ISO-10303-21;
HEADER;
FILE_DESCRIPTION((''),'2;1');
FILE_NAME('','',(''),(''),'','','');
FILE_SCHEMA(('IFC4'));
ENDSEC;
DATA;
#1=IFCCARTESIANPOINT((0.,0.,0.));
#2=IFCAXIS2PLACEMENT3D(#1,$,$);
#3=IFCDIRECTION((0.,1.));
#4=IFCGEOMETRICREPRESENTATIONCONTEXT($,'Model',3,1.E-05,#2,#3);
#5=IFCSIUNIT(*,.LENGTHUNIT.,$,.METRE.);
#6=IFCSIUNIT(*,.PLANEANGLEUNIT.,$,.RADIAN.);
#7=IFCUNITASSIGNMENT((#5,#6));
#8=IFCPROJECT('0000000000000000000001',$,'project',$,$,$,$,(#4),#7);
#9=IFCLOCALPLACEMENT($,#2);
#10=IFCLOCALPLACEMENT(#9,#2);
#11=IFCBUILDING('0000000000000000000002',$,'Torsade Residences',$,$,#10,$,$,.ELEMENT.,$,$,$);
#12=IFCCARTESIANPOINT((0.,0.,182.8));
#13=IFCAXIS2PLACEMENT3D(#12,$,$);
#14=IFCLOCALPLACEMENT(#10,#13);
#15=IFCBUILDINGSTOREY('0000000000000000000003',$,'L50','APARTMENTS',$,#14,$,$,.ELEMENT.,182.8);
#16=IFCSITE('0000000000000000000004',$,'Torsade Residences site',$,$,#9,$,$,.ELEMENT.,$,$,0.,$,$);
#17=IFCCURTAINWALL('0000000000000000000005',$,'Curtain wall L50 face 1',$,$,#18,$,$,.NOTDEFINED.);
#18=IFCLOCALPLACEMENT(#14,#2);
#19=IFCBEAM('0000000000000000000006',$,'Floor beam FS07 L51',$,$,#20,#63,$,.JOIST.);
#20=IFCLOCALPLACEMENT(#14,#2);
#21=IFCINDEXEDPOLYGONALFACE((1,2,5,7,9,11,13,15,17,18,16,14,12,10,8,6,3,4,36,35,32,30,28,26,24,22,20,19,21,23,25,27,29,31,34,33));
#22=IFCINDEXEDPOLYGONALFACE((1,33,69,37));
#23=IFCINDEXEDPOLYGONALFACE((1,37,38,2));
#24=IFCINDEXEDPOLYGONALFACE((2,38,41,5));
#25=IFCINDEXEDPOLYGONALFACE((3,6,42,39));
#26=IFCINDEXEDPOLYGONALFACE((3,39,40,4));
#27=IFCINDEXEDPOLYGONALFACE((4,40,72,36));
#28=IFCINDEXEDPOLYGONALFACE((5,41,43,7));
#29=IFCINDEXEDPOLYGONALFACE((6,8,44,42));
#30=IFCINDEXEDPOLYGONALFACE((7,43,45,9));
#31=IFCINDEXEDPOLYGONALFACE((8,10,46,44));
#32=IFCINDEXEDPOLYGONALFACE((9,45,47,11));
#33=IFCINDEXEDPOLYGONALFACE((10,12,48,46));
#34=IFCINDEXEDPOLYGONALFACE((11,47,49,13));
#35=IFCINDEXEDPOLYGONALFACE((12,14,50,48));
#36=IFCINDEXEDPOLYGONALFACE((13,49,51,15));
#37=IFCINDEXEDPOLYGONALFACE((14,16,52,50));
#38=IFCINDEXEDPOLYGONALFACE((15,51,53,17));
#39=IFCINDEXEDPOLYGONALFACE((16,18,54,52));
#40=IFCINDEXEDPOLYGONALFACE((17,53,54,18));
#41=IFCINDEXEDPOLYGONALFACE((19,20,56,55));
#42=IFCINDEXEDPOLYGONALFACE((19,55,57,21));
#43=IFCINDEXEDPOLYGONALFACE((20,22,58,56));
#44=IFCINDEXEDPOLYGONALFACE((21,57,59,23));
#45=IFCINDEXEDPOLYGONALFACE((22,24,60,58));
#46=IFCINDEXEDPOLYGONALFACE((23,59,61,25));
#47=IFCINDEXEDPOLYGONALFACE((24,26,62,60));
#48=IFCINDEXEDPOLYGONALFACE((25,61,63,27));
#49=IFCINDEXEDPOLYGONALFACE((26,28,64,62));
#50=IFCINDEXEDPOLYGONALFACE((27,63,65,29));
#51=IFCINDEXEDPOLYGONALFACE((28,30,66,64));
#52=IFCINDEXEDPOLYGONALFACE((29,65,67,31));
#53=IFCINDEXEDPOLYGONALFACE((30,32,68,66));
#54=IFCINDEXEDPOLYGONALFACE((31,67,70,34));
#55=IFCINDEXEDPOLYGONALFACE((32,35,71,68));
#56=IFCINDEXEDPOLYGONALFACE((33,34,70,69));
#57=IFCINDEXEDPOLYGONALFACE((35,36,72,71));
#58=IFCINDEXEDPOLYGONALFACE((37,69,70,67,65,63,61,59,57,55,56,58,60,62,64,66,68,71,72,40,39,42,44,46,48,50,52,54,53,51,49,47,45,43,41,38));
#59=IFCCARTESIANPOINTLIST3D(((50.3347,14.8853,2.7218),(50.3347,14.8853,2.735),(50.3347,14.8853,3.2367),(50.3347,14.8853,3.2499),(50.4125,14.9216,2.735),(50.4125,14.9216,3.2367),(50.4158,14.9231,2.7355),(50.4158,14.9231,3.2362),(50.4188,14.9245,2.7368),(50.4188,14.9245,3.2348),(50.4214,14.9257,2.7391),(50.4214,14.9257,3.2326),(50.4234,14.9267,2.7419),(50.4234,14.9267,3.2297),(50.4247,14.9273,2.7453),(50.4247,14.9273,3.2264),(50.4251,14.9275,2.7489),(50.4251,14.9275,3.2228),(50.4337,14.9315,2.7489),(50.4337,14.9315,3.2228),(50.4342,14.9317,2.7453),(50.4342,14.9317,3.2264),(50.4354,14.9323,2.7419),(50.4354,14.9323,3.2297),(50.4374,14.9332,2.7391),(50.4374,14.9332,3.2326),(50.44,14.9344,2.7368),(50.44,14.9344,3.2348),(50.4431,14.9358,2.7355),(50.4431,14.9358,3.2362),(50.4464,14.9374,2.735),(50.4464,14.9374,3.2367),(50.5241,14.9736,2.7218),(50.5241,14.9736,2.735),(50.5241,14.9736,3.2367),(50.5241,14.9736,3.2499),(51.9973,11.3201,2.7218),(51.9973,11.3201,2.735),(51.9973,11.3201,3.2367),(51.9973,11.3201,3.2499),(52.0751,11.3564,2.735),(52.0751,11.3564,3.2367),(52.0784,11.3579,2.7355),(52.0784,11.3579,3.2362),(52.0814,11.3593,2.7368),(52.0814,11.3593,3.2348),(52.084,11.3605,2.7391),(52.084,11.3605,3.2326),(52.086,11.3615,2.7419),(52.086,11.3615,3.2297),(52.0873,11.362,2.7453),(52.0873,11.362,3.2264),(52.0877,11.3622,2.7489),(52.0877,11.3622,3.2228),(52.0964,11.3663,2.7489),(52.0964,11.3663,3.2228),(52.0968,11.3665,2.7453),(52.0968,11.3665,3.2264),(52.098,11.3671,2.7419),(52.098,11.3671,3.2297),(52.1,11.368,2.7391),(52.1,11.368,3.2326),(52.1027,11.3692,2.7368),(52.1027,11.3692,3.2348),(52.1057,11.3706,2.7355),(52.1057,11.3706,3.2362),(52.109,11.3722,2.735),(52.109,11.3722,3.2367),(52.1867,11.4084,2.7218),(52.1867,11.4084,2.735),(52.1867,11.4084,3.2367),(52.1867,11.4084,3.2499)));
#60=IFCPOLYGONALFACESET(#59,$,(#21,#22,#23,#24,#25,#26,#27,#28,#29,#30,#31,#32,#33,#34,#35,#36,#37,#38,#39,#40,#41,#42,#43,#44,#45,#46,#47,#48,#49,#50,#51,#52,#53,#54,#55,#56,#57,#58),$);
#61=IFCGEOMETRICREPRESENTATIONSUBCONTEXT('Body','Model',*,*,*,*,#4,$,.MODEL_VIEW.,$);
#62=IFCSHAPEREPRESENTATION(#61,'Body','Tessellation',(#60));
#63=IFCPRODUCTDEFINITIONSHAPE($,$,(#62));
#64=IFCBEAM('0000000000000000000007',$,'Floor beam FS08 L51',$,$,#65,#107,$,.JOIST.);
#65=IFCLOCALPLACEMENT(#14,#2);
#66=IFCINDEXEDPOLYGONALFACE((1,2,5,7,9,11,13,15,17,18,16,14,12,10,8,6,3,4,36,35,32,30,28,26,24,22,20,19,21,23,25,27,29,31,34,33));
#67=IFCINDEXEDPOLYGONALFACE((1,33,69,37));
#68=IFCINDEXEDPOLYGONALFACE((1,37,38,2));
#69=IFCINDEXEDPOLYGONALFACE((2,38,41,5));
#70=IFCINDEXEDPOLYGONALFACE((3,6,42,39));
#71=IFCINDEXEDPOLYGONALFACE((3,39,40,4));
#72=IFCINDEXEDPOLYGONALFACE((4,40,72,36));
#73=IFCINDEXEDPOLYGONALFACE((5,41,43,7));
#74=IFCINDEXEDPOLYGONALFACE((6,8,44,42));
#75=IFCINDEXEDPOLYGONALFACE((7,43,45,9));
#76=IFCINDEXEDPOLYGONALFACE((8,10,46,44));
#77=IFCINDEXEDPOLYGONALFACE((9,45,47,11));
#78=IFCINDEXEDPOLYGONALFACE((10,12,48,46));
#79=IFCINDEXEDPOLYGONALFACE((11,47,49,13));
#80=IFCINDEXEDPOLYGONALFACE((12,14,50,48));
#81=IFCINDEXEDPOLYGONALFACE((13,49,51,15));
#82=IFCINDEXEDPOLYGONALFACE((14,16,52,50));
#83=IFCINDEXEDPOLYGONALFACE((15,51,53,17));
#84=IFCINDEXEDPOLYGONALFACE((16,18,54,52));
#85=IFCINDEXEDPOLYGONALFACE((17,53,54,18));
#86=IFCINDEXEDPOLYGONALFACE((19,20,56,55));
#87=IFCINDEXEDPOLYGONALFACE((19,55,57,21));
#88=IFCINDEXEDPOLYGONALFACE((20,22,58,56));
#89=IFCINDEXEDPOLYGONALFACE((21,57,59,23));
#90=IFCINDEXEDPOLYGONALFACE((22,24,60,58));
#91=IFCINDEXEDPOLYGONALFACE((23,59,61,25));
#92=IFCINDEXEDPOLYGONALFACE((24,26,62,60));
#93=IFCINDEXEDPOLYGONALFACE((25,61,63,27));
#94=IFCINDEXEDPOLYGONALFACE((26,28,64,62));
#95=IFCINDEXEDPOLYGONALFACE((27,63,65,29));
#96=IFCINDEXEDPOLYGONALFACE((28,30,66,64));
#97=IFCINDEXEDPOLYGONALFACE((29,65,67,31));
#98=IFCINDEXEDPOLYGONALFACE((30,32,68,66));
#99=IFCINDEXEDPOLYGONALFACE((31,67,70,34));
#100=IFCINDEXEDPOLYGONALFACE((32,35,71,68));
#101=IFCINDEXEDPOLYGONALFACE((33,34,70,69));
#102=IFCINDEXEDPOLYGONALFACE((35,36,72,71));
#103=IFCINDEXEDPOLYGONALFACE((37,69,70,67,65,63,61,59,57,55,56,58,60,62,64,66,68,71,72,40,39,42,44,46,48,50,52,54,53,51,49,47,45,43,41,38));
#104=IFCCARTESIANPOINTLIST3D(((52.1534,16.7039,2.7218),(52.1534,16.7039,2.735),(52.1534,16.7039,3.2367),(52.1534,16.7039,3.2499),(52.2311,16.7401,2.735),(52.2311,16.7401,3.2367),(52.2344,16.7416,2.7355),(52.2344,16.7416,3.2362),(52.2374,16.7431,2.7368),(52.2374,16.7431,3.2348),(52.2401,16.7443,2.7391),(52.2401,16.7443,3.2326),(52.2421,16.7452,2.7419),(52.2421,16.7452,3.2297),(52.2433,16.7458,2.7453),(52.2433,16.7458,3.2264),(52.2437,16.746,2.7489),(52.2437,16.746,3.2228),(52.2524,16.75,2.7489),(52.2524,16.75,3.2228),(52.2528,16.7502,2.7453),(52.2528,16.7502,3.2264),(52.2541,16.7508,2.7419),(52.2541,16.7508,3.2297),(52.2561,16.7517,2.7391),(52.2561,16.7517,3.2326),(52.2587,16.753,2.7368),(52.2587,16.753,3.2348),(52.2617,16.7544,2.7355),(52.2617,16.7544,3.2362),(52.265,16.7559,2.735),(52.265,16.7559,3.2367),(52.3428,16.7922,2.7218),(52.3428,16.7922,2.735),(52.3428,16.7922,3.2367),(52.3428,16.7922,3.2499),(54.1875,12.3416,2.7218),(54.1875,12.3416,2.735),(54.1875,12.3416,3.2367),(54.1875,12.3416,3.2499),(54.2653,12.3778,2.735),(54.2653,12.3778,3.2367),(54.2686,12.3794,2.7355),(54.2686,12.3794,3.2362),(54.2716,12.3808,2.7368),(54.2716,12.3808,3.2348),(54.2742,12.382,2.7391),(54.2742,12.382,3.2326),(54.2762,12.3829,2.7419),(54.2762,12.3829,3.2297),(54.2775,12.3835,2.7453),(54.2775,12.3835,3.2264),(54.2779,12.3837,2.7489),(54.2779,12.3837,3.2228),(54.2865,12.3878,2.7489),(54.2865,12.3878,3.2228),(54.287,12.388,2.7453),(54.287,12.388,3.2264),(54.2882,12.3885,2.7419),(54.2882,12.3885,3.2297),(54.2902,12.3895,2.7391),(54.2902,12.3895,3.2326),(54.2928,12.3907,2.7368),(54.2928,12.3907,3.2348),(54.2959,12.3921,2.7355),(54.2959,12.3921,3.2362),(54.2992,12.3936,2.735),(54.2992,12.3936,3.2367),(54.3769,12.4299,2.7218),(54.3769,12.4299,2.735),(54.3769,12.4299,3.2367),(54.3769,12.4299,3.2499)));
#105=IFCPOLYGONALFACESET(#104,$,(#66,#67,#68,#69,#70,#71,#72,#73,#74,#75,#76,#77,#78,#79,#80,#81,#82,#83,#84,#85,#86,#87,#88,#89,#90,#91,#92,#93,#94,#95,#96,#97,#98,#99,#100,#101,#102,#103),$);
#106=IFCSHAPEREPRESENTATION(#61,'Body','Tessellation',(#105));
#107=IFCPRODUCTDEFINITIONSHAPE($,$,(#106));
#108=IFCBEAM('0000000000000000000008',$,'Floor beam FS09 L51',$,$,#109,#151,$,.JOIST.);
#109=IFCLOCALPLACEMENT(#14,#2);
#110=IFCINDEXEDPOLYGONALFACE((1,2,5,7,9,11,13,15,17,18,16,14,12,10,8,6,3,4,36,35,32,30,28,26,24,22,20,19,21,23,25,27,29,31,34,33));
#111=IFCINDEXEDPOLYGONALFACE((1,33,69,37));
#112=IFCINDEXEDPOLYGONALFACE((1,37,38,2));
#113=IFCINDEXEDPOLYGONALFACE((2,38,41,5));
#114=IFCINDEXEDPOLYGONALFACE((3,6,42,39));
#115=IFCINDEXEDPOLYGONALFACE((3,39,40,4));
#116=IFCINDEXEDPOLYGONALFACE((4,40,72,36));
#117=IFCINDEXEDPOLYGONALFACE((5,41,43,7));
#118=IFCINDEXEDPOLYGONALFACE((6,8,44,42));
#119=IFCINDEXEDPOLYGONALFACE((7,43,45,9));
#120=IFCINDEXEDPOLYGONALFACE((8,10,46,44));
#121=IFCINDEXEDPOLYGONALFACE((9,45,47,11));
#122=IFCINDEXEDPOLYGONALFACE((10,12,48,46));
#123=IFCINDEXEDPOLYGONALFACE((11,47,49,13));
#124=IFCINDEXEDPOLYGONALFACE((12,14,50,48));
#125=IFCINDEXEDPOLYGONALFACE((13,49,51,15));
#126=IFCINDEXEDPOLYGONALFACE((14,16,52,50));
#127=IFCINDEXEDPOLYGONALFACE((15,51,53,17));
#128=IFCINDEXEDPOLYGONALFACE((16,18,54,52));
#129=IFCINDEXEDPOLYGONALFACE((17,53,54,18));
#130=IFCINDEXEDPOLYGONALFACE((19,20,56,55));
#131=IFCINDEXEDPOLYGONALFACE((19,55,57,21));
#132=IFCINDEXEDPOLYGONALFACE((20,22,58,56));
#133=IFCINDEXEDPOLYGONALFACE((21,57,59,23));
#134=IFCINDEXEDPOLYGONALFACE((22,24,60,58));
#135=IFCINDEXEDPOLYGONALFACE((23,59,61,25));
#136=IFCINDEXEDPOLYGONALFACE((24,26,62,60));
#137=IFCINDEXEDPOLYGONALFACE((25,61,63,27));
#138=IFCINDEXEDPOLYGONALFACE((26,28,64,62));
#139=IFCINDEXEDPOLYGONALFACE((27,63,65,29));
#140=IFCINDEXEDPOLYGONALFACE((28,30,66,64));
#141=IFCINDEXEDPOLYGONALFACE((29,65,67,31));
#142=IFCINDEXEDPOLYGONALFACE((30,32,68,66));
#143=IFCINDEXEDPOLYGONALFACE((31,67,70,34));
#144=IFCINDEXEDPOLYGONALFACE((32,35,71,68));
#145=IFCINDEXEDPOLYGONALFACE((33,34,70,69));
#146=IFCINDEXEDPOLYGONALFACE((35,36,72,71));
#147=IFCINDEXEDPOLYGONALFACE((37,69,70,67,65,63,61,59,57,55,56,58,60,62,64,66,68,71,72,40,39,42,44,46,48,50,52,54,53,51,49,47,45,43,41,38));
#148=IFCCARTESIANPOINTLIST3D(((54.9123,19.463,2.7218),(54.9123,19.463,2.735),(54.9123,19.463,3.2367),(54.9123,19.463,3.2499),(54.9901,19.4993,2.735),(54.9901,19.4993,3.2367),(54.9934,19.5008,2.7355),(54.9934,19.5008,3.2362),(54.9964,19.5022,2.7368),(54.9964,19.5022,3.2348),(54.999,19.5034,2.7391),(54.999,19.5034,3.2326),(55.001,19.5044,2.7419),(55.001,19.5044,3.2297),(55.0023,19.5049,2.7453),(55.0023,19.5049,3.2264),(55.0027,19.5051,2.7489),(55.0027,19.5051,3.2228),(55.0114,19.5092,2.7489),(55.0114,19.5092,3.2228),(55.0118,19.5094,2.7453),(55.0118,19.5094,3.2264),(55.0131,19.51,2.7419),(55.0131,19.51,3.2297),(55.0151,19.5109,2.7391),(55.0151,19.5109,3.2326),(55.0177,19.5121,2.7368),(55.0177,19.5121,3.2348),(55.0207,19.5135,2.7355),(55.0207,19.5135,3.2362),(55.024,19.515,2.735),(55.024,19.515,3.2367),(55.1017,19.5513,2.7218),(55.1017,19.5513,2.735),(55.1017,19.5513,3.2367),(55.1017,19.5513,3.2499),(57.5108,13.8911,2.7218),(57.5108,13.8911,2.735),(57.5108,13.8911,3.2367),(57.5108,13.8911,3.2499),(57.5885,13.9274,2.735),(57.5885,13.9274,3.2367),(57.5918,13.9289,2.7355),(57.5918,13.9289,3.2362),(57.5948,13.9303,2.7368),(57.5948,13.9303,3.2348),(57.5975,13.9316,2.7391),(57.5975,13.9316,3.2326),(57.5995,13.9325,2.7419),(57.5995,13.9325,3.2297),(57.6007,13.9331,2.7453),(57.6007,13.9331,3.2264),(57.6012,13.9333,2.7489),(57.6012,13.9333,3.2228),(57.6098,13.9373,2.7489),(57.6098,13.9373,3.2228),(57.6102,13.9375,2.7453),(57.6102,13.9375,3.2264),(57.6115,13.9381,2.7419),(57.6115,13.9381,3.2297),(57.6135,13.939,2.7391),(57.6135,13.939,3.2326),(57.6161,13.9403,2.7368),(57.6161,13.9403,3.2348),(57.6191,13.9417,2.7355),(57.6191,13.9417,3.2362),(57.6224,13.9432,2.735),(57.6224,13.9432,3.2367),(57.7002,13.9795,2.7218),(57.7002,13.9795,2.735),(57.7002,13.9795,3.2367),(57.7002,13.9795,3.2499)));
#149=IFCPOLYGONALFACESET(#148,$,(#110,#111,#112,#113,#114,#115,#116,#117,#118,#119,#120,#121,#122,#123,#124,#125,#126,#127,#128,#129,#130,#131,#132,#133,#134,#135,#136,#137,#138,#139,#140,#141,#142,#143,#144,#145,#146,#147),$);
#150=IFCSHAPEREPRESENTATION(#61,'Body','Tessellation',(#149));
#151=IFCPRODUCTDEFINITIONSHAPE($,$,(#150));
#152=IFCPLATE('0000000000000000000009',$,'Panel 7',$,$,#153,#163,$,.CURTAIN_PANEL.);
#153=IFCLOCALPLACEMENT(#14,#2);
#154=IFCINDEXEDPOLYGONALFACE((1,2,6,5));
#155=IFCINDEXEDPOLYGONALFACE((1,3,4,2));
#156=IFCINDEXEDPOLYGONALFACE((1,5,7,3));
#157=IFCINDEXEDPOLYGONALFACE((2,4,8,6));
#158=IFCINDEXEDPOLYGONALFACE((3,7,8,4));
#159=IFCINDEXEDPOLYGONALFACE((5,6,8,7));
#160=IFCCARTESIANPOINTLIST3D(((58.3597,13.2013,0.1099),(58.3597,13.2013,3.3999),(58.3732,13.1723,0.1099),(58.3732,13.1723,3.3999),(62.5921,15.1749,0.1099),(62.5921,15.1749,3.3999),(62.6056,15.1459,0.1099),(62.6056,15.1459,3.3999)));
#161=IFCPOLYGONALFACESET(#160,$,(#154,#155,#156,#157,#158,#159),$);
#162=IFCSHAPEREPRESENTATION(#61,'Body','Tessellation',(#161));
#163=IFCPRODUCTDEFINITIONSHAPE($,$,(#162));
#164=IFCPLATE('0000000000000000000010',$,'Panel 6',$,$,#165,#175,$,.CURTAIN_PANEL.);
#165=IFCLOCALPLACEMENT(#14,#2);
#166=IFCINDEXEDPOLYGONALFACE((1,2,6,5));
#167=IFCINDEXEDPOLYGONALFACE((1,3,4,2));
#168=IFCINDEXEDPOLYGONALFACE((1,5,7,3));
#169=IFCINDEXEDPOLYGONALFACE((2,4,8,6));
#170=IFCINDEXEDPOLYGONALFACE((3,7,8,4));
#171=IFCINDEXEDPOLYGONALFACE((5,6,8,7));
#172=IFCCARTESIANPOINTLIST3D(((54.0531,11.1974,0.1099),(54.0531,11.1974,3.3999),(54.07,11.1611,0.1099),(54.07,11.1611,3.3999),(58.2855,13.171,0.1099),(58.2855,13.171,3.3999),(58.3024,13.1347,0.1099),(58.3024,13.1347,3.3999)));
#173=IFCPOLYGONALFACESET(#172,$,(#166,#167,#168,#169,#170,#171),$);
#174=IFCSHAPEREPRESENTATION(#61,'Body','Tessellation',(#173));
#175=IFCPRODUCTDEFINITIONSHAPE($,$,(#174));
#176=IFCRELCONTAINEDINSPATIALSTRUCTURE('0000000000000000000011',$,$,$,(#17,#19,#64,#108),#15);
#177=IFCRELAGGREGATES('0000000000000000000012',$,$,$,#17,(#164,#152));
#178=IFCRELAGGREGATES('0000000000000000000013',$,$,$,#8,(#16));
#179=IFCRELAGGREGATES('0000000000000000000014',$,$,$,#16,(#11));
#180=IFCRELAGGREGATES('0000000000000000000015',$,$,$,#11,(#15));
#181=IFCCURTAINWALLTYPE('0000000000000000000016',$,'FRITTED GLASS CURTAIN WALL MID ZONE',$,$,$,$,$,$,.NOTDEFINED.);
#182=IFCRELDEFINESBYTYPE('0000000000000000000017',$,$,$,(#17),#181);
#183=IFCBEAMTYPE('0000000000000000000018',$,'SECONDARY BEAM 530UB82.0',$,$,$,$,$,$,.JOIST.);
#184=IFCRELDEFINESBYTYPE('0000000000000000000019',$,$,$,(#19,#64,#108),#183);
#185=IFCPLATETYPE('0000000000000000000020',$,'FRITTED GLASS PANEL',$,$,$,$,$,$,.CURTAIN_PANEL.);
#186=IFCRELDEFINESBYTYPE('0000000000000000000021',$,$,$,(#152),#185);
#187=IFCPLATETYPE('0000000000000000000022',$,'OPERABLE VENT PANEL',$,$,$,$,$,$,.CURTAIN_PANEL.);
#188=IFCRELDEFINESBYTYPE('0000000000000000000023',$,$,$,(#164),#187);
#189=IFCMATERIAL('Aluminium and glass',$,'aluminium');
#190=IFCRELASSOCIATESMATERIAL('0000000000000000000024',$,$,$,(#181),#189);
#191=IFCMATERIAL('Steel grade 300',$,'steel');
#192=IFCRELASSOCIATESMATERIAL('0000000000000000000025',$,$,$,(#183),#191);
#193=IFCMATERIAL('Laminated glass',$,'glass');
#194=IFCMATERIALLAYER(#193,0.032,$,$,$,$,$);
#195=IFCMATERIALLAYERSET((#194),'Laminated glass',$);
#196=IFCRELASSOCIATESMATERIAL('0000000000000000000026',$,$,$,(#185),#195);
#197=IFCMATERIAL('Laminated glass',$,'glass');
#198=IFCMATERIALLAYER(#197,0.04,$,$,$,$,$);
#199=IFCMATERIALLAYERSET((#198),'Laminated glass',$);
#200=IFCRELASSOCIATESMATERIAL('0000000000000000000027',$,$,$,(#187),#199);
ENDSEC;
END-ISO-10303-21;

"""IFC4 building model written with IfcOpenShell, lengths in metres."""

from ifc_helpers import new_model, si_unit, direction, frame, origin, origin_2d, place, context, subcontext, project, spatial, rectangle, i_section, extrude, material, layer, layer_set, material_profile, profile_set, type_object, element, aggregate, save


model = new_model("IFC4")

# Units and contexts
model_context = context("Model", 3, precision=1e-05, world=origin(), true_north=direction((0.0, 1.0)))
body_context = subcontext(model_context, "Body", "Model", "MODEL_VIEW")
ifc_project = project(units=[si_unit("LENGTHUNIT", "METRE"), si_unit("PLANEANGLEUNIT", "RADIAN")], contexts=[model_context])

# Site, building, storey
site_placement = place(None, origin())
site = spatial("IfcSite", under=ifc_project, at=site_placement, Name="Torsade Residences site", CompositionType="ELEMENT", RefElevation=0.0)
building_placement = place(site_placement, origin())
building = spatial("IfcBuilding", under=site, at=building_placement, Name="Torsade Residences", CompositionType="ELEMENT")
storey_placement = place(building_placement, frame((0.0, 0.0, 182.8)))
storey = spatial("IfcBuildingStorey", under=building, at=storey_placement, Name="L50", Description="APARTMENTS", CompositionType="ELEMENT", Elevation=182.8)

# Curtain wall
ifc_material_1 = material(Name="Aluminium and glass", Category="aluminium")
curtain_wall_type = type_object("IfcCurtainWallType", Name="FRITTED GLASS CURTAIN WALL MID ZONE", PredefinedType="NOTDEFINED", material=ifc_material_1)
curtain_wall_placement = place(storey_placement, origin())
curtain_wall = element("IfcCurtainWall", 1, at=curtain_wall_placement, inside=storey, type_object=curtain_wall_type, Name="Curtain wall L50 face 1", PredefinedType="NOTDEFINED")

# Beams
ifc_material_2 = material(Name="Steel grade 300", Category="steel")
ifc_material_profile_1 = material_profile(ifc_material_2, i_section(OverallWidth=0.209, OverallDepth=0.5281, WebThickness=0.0095, FlangeThickness=0.0132, FilletRadius=0.0139, at=origin_2d()), Name="530UB82.0")
ifc_profile_set_1 = profile_set([ifc_material_profile_1], Name="Steel grade 300")
beam_type_1 = type_object("IfcBeamType", Name="SECONDARY BEAM 530UB82.0", PredefinedType="JOIST", material=ifc_profile_set_1)
beam_1_placement = place(storey_placement, frame((52.092, 11.3643, 2.9858), z_axis=(-0.422644, 0.906296, 0.0), x_axis=(-0.906296, -0.422644, 0.0)))
element("IfcBeam", 2, at=beam_1_placement, inside=storey, type_object=beam_type_1, Name="Floor beam FS07 L51", PredefinedType="JOIST", context=body_context, shape_type="SweptSolid", body=[
    extrude(i_section(OverallWidth=0.209, OverallDepth=0.5281, WebThickness=0.0095, FlangeThickness=0.0132, FilletRadius=0.0139, at=origin_2d()), origin(), (0.0, 0.0, 1.0), 3.9338),
])
beam_2_placement = place(storey_placement, frame((54.2822, 12.3857, 2.9858), z_axis=(-0.422619, 0.906308, 0.0), x_axis=(-0.906308, -0.422619, 0.0)))
element("IfcBeam", 3, at=beam_2_placement, inside=storey, type_object=beam_type_1, Name="Floor beam FS08 L51", PredefinedType="JOIST", context=body_context, shape_type="SweptSolid", body=[
    extrude(i_section(OverallWidth=0.209, OverallDepth=0.5281, WebThickness=0.0095, FlangeThickness=0.0132, FilletRadius=0.0139, at=origin_2d()), origin(), (0.0, 0.0, 1.0), 4.8132),
])
beam_3_placement = place(storey_placement, frame((57.6055, 13.9353, 2.9858), z_axis=(-0.422648, 0.906294, 0.0), x_axis=(-0.906294, -0.422648, 0.0)))
element("IfcBeam", 4, at=beam_3_placement, inside=storey, type_object=beam_type_1, Name="Floor beam FS09 L51", PredefinedType="JOIST", context=body_context, shape_type="SweptSolid", body=[
    extrude(i_section(OverallWidth=0.209, OverallDepth=0.5281, WebThickness=0.0095, FlangeThickness=0.0132, FilletRadius=0.0139, at=origin_2d()), origin(), (0.0, 0.0, 1.0), 6.1479),
])

# Plates
ifc_material_3 = material(Name="Laminated glass", Category="glass")
ifc_layer_1 = layer(ifc_material_3, 0.032)
ifc_layer_set_1 = layer_set([ifc_layer_1], Name="Laminated glass")
plate_type_1 = type_object("IfcPlateType", Name="FRITTED GLASS PANEL", PredefinedType="CURTAIN_PANEL", material=ifc_layer_set_1)
plate_1_placement = place(storey_placement, frame((60.4827, 14.1736, 0.1099), z_axis=(0.0, 0.0, 1.0), x_axis=(0.906308, 0.422618, 0.0)))
plate_1 = element("IfcPlate", 5, at=plate_1_placement, type_object=plate_type_1, Name="Panel 7", PredefinedType="CURTAIN_PANEL", context=body_context, shape_type="SweptSolid", body=[
    extrude(rectangle(XDim=4.6699, YDim=0.032, at=origin_2d()), origin(), (0.0, 0.0, 1.0), 3.29),
])
ifc_material_4 = material(Name="Laminated glass", Category="glass")
ifc_layer_2 = layer(ifc_material_4, 0.04)
ifc_layer_set_2 = layer_set([ifc_layer_2], Name="Laminated glass")
plate_type_2 = type_object("IfcPlateType", Name="OPERABLE VENT PANEL", PredefinedType="CURTAIN_PANEL", material=ifc_layer_set_2)
plate_2_placement = place(storey_placement, frame((56.1777, 12.166, 0.1099), z_axis=(0.0, 0.0, 1.0), x_axis=(0.906308, 0.422618, 0.0)))
plate_2 = element("IfcPlate", 6, at=plate_2_placement, type_object=plate_type_2, Name="Panel 6", PredefinedType="CURTAIN_PANEL", context=body_context, shape_type="SweptSolid", body=[
    extrude(rectangle(XDim=4.6699, YDim=0.04, at=origin_2d()), origin(), (0.0, 0.0, 1.0), 3.29),
])
aggregate(curtain_wall, [plate_2, plate_1])

save(model, "model.ifc")
